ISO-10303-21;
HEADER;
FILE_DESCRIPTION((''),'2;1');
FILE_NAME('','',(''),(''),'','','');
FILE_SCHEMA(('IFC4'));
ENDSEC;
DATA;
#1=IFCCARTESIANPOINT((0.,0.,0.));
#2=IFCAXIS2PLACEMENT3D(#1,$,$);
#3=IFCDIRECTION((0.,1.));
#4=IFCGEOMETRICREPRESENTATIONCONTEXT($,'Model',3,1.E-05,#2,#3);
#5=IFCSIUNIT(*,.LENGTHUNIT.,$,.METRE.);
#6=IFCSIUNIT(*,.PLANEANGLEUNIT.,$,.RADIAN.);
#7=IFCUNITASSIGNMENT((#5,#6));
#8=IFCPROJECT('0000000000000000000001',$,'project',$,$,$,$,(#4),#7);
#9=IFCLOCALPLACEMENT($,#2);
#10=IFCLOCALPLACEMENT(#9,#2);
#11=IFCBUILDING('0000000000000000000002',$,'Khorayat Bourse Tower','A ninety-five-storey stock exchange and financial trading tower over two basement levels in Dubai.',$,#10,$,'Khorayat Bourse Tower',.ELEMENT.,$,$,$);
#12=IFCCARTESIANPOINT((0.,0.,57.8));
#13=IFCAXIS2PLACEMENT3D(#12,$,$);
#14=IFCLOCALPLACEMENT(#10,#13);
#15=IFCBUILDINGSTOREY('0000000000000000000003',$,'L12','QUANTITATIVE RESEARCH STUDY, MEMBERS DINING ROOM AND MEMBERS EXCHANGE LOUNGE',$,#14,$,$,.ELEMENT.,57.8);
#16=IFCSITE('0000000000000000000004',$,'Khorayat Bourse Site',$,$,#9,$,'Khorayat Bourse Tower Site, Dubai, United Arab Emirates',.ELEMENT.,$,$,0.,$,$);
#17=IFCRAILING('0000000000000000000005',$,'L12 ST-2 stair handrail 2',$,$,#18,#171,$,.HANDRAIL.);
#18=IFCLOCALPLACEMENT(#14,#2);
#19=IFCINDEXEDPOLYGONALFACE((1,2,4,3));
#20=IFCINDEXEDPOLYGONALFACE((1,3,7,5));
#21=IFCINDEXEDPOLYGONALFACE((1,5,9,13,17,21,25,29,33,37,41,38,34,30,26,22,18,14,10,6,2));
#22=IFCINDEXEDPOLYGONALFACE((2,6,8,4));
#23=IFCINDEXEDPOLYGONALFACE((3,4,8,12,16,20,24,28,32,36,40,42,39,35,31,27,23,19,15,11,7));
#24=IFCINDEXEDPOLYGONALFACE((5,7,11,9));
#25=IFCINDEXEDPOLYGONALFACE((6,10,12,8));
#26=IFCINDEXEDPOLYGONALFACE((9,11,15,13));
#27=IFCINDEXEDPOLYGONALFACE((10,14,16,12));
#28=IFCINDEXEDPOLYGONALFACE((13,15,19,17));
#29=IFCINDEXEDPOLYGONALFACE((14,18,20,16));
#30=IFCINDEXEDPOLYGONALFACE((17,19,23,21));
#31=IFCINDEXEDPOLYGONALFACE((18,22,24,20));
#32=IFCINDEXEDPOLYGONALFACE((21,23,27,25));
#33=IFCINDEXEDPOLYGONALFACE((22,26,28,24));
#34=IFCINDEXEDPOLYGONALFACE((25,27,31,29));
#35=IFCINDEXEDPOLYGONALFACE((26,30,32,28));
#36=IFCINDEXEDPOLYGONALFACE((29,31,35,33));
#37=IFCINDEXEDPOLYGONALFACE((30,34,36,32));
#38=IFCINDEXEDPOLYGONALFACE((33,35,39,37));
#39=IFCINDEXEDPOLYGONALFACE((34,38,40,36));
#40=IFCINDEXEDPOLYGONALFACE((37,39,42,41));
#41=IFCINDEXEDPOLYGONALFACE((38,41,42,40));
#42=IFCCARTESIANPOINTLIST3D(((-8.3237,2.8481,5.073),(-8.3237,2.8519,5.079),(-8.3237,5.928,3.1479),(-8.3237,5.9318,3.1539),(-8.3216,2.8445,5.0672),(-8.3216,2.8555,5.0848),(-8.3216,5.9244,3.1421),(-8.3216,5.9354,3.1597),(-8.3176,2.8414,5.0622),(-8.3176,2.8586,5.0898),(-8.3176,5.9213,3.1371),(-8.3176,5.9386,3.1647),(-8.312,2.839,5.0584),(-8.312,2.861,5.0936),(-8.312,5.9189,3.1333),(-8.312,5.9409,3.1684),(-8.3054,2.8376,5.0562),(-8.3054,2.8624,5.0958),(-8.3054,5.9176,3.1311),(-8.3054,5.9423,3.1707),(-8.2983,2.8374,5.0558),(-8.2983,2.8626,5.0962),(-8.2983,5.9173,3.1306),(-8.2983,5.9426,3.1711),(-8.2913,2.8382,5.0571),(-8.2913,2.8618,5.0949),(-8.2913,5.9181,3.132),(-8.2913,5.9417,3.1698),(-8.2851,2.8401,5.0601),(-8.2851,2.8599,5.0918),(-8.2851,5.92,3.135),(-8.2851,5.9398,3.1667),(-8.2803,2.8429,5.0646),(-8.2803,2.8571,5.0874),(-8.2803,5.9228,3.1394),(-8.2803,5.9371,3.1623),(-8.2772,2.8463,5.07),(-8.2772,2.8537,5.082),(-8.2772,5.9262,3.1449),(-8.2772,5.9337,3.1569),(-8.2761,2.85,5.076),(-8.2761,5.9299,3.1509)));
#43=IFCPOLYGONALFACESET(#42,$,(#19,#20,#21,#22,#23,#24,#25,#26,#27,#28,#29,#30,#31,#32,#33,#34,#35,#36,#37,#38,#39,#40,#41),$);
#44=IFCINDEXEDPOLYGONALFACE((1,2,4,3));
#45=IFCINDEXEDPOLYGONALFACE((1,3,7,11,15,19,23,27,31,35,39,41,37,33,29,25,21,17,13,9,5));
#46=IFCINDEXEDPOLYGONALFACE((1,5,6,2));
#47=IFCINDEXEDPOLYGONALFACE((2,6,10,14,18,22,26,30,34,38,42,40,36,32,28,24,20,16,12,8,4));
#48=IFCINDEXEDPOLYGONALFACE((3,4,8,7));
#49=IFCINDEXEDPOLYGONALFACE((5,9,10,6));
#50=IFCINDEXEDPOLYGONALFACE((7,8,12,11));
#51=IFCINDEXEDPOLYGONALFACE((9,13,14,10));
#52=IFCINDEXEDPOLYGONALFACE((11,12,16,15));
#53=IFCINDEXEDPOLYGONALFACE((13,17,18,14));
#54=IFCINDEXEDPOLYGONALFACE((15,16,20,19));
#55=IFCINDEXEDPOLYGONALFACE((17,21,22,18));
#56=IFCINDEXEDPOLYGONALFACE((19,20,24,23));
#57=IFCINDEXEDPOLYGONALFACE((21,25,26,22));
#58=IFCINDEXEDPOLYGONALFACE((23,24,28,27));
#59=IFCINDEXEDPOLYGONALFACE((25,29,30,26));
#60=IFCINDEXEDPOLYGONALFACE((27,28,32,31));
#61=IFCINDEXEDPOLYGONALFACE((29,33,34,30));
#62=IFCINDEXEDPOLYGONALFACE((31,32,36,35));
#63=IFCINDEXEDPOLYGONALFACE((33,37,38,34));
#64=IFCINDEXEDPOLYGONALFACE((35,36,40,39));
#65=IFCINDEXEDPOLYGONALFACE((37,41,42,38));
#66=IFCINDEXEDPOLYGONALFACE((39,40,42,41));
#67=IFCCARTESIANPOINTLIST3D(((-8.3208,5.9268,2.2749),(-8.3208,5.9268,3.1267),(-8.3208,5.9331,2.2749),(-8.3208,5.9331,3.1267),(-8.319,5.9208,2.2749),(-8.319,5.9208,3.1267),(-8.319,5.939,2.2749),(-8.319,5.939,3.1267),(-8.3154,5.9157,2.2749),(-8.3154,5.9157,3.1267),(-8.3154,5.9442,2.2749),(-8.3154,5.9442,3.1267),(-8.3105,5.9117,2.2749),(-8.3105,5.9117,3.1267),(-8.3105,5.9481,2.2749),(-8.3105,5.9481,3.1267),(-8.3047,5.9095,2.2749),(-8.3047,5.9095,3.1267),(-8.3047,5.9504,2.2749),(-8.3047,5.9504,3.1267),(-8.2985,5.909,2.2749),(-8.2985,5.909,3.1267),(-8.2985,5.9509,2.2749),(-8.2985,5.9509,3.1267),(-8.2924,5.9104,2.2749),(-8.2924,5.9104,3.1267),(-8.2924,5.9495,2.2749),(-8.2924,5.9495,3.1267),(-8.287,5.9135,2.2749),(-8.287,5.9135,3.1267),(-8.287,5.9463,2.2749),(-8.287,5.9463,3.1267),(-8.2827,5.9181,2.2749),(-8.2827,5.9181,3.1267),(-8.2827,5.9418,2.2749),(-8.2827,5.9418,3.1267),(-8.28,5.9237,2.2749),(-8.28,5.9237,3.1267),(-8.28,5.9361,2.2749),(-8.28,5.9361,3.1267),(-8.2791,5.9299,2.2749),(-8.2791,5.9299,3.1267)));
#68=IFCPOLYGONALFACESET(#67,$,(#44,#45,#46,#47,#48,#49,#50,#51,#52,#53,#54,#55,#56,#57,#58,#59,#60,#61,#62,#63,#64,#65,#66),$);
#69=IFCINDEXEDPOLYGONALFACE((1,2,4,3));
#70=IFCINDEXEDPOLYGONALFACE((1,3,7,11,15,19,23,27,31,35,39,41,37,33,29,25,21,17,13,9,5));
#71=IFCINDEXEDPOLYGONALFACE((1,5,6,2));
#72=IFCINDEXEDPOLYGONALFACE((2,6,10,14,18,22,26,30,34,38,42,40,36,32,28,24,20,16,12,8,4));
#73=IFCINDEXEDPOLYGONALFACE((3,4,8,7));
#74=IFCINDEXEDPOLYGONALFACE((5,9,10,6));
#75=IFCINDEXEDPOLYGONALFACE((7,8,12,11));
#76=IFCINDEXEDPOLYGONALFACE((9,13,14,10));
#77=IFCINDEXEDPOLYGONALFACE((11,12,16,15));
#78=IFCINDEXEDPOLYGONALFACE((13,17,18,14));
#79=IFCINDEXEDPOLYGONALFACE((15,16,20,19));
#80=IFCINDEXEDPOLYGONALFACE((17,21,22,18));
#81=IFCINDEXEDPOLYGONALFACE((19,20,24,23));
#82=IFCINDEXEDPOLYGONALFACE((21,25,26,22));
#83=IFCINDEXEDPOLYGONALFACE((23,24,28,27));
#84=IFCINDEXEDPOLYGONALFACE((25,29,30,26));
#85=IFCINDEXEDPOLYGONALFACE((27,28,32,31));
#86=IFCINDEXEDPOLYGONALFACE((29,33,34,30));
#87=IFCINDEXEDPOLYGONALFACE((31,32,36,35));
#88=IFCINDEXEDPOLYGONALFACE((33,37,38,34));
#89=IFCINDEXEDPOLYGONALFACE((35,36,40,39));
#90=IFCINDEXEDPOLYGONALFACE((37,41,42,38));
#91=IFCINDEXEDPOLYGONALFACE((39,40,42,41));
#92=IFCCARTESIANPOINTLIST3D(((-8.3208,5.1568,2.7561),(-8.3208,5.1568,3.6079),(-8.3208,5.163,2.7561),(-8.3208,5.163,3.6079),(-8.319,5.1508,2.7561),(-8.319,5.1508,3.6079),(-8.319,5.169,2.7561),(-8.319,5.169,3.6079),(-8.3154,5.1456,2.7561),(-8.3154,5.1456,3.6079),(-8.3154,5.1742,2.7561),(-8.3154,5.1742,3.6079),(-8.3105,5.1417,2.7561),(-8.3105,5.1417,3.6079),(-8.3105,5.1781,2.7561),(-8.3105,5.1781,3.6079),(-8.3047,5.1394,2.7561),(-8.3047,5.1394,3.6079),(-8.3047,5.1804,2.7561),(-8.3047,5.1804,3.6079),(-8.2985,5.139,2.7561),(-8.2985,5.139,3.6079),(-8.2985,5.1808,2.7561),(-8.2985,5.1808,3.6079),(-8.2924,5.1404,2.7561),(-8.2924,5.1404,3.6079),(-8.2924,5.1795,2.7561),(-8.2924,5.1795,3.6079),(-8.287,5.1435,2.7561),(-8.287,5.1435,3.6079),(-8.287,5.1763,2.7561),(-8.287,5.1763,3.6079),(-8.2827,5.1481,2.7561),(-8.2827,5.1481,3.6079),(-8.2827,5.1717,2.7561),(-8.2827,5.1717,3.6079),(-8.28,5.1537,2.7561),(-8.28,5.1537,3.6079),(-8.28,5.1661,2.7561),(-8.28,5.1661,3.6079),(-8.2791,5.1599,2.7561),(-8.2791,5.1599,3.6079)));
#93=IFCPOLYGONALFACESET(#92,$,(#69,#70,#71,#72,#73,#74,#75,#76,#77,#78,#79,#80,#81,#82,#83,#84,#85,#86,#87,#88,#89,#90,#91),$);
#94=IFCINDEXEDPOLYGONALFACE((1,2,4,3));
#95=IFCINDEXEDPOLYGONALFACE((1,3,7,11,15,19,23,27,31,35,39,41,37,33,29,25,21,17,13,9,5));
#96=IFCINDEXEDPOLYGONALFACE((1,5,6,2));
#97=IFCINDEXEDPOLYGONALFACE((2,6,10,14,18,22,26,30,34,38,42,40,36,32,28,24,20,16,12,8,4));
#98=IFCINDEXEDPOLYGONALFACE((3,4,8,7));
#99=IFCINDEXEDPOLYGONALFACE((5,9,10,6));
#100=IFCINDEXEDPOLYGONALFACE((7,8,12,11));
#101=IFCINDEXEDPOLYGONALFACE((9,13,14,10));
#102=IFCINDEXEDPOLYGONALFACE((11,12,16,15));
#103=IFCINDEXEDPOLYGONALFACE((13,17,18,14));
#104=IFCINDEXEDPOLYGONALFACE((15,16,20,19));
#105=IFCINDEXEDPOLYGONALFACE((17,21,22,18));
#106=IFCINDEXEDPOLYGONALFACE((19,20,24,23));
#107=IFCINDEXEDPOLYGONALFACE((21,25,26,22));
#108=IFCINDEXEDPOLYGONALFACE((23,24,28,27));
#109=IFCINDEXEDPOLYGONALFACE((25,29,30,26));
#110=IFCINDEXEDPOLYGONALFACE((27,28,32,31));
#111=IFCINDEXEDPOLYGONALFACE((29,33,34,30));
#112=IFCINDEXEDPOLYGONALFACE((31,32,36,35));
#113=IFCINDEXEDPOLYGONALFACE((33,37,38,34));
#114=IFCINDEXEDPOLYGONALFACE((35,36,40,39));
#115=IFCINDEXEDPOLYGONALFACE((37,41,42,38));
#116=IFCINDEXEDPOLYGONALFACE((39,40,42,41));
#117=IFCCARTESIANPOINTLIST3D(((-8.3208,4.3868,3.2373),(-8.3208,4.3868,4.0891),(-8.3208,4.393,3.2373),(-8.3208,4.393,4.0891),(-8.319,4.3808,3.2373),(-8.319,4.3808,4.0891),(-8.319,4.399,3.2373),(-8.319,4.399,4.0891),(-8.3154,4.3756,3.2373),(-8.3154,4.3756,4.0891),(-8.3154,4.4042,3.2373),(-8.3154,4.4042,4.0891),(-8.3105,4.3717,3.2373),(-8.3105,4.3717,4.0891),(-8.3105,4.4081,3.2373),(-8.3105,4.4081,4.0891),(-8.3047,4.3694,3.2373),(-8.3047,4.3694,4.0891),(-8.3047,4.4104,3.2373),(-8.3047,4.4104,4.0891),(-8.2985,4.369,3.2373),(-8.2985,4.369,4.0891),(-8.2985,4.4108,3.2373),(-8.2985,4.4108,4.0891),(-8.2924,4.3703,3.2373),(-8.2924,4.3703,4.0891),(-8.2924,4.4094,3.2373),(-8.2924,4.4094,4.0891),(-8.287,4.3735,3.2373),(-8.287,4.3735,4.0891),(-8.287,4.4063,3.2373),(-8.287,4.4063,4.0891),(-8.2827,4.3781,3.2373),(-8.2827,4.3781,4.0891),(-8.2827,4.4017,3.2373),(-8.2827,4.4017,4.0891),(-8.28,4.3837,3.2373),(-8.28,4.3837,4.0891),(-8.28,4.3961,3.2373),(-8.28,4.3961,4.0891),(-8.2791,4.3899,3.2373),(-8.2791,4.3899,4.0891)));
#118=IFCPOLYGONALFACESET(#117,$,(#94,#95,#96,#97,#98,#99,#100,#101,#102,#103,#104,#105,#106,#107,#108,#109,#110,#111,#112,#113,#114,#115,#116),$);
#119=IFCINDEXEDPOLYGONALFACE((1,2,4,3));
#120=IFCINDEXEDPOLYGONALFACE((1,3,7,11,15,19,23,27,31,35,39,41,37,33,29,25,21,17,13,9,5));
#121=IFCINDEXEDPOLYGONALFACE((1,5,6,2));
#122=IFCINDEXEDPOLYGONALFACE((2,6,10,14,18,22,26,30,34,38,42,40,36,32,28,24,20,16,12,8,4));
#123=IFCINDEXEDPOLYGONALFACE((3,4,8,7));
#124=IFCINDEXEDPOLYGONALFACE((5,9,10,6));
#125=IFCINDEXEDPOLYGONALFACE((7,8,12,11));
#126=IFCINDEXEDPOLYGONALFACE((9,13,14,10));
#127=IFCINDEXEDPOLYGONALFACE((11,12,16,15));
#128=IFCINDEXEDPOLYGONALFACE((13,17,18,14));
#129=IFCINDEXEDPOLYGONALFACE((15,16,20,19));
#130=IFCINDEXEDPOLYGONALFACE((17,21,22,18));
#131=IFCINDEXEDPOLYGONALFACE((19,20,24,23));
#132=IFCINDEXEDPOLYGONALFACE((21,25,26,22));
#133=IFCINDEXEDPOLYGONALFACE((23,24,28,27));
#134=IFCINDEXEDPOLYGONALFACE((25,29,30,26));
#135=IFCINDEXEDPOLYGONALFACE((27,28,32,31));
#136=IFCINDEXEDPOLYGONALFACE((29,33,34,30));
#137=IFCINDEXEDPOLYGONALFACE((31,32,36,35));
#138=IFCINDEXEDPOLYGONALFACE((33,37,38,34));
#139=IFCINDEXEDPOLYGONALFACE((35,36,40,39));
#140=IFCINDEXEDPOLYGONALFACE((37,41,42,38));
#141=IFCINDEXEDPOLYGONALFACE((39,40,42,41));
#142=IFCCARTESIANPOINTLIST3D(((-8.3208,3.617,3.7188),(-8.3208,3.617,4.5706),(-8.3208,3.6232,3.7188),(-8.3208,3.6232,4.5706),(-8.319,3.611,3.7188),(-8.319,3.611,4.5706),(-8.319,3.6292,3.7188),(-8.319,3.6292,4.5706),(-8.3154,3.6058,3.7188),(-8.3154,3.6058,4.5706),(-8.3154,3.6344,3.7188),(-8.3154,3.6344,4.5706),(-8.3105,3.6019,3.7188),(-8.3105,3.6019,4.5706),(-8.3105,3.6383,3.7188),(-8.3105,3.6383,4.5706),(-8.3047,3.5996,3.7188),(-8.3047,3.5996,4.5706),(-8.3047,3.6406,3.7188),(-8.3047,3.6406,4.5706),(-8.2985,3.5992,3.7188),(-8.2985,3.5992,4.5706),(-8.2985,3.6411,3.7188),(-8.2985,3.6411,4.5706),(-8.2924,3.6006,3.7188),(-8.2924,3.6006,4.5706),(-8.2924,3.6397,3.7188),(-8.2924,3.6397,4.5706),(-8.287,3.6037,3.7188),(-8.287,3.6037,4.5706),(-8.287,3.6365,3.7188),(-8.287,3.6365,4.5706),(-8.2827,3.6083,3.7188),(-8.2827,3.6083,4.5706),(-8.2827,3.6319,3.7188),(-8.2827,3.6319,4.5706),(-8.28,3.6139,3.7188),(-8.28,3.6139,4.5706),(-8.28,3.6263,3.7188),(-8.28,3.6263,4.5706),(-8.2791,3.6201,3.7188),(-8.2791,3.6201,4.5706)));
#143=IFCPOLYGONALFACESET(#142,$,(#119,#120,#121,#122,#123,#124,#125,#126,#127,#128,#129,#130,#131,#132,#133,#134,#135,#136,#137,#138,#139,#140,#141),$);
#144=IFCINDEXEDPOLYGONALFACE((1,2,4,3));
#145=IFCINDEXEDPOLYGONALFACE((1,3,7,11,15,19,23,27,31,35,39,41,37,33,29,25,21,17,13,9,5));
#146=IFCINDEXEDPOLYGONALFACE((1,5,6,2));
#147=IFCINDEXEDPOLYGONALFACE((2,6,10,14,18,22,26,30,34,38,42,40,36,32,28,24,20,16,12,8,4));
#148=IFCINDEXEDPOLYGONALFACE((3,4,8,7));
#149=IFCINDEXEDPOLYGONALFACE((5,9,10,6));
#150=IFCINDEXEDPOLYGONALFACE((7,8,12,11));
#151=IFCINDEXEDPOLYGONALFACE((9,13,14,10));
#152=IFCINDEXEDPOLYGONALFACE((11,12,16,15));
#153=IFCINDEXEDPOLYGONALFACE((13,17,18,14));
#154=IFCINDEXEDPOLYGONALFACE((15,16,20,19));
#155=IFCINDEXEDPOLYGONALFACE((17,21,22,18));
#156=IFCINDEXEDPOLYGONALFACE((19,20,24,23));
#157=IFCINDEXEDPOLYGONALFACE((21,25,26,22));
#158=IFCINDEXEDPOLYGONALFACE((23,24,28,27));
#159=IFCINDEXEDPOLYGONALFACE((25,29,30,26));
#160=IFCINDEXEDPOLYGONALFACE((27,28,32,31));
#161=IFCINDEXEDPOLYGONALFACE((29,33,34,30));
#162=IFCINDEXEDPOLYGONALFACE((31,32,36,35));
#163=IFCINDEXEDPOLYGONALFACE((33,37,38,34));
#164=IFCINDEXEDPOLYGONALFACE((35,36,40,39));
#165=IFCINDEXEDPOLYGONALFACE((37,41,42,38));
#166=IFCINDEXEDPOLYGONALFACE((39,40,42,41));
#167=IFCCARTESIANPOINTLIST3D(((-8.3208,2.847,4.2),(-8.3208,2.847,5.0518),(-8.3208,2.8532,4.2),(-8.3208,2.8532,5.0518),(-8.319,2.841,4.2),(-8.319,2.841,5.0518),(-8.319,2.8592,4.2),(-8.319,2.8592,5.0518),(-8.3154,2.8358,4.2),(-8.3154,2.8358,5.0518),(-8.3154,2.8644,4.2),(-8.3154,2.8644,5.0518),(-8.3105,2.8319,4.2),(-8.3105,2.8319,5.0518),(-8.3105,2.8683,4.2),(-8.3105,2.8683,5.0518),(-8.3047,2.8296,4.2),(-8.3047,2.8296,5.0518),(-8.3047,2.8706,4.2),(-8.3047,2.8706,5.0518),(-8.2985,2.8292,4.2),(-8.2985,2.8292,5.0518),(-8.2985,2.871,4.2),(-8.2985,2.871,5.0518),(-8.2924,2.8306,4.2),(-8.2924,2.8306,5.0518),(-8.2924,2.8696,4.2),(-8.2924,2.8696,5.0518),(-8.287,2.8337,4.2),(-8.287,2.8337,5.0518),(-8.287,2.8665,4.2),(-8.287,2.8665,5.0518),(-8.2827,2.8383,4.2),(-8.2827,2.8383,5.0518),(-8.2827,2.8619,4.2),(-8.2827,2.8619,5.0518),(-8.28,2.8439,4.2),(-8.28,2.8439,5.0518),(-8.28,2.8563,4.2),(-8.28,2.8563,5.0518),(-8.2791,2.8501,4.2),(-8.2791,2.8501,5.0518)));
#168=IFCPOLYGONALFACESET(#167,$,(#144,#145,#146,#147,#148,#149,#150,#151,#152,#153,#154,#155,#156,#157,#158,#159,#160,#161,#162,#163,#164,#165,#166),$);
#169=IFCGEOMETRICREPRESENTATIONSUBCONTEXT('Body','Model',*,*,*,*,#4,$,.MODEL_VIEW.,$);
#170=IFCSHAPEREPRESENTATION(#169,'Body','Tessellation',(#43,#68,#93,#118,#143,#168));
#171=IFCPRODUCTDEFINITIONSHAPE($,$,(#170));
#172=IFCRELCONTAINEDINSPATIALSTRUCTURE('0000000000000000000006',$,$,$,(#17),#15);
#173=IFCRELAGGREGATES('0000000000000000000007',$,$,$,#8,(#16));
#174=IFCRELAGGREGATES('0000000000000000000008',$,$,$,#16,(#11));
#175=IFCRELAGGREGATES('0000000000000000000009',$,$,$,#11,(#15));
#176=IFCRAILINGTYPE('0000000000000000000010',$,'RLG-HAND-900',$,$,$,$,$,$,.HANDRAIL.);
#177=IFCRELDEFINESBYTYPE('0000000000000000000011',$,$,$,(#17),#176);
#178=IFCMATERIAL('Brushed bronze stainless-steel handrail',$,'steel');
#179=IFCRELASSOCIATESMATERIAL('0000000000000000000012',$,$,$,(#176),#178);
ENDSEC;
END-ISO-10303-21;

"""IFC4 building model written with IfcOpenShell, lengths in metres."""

from ifc_helpers import new_model, si_unit, direction, frame, origin, origin_2d, place, context, subcontext, project, spatial, circle, extrude, source, transform, mapped, material, type_object, element, save


model = new_model("IFC4")

# Units and contexts
model_context = context("Model", 3, precision=1e-05, world=origin(), true_north=direction((0.0, 1.0)))
body_context = subcontext(model_context, "Body", "Model", "MODEL_VIEW")
ifc_project = project(units=[si_unit("LENGTHUNIT", "METRE"), si_unit("PLANEANGLEUNIT", "RADIAN")], contexts=[model_context])

# Site, building, storey
site_placement = place(None, origin())
site = spatial("IfcSite", under=ifc_project, at=site_placement, Name="Khorayat Bourse Site", LongName="Khorayat Bourse Tower Site, Dubai, United Arab Emirates", CompositionType="ELEMENT", RefElevation=0.0)
building_placement = place(site_placement, origin())
building = spatial("IfcBuilding", under=site, at=building_placement, Name="Khorayat Bourse Tower", Description="A ninety-five-storey stock exchange and financial trading tower over two basement levels in Dubai.", LongName="Khorayat Bourse Tower", CompositionType="ELEMENT")
storey_placement = place(building_placement, frame((0.0, 0.0, 57.8)))
storey = spatial("IfcBuildingStorey", under=building, at=storey_placement, Name="L12", Description="QUANTITATIVE RESEARCH STUDY, MEMBERS DINING ROOM AND MEMBERS EXCHANGE LOUNGE", CompositionType="ELEMENT", Elevation=57.8)

# Railing
ifc_material_1 = material(Name="Brushed bronze stainless-steel handrail", Category="steel")
railing_type_1 = type_object("IfcRailingType", Name="RLG-HAND-900", PredefinedType="HANDRAIL", material=ifc_material_1)
shared_shape_1 = source(origin(), body_context, "Body", "SweptSolid", [
    extrude(circle(Radius=0.0239, at=origin_2d()), frame((0.0, 0.0, 0.876), z_axis=(0.0, -0.847979, 0.530029), x_axis=(1.0, 0.0, 0.0)), (0.0, 0.0, 1.0), 3.6321),
    extrude(circle(Radius=0.021, at=origin_2d()), origin(), (0.0, 0.0, 1.0), 0.8518),
    extrude(circle(Radius=0.021, at=origin_2d()), frame((0.0, -0.77, 0.4812)), (0.0, 0.0, 1.0), 0.8518),
    extrude(circle(Radius=0.021, at=origin_2d()), frame((0.0, -1.54, 0.9624)), (0.0, 0.0, 1.0), 0.8518),
    extrude(circle(Radius=0.021, at=origin_2d()), frame((0.0, -2.3098, 1.4438)), (0.0, 0.0, 1.0), 0.8518),
    extrude(circle(Radius=0.021, at=origin_2d()), frame((0.0, -3.0798, 1.925)), (0.0, 0.0, 1.0), 0.8518),
])
railing_1_placement = place(storey_placement, frame((-8.3, 5.9299, 2.2749)))
element("IfcRailing", 1, at=railing_1_placement, inside=storey, type_object=railing_type_1, Name="L12 ST-2 stair handrail 2", PredefinedType="HANDRAIL", context=body_context, shape_type="MappedRepresentation", body=[
    mapped(shared_shape_1, transform((0.0, 0.0, 0.0), scale=1.0)),
])

save(model, "model.ifc")
